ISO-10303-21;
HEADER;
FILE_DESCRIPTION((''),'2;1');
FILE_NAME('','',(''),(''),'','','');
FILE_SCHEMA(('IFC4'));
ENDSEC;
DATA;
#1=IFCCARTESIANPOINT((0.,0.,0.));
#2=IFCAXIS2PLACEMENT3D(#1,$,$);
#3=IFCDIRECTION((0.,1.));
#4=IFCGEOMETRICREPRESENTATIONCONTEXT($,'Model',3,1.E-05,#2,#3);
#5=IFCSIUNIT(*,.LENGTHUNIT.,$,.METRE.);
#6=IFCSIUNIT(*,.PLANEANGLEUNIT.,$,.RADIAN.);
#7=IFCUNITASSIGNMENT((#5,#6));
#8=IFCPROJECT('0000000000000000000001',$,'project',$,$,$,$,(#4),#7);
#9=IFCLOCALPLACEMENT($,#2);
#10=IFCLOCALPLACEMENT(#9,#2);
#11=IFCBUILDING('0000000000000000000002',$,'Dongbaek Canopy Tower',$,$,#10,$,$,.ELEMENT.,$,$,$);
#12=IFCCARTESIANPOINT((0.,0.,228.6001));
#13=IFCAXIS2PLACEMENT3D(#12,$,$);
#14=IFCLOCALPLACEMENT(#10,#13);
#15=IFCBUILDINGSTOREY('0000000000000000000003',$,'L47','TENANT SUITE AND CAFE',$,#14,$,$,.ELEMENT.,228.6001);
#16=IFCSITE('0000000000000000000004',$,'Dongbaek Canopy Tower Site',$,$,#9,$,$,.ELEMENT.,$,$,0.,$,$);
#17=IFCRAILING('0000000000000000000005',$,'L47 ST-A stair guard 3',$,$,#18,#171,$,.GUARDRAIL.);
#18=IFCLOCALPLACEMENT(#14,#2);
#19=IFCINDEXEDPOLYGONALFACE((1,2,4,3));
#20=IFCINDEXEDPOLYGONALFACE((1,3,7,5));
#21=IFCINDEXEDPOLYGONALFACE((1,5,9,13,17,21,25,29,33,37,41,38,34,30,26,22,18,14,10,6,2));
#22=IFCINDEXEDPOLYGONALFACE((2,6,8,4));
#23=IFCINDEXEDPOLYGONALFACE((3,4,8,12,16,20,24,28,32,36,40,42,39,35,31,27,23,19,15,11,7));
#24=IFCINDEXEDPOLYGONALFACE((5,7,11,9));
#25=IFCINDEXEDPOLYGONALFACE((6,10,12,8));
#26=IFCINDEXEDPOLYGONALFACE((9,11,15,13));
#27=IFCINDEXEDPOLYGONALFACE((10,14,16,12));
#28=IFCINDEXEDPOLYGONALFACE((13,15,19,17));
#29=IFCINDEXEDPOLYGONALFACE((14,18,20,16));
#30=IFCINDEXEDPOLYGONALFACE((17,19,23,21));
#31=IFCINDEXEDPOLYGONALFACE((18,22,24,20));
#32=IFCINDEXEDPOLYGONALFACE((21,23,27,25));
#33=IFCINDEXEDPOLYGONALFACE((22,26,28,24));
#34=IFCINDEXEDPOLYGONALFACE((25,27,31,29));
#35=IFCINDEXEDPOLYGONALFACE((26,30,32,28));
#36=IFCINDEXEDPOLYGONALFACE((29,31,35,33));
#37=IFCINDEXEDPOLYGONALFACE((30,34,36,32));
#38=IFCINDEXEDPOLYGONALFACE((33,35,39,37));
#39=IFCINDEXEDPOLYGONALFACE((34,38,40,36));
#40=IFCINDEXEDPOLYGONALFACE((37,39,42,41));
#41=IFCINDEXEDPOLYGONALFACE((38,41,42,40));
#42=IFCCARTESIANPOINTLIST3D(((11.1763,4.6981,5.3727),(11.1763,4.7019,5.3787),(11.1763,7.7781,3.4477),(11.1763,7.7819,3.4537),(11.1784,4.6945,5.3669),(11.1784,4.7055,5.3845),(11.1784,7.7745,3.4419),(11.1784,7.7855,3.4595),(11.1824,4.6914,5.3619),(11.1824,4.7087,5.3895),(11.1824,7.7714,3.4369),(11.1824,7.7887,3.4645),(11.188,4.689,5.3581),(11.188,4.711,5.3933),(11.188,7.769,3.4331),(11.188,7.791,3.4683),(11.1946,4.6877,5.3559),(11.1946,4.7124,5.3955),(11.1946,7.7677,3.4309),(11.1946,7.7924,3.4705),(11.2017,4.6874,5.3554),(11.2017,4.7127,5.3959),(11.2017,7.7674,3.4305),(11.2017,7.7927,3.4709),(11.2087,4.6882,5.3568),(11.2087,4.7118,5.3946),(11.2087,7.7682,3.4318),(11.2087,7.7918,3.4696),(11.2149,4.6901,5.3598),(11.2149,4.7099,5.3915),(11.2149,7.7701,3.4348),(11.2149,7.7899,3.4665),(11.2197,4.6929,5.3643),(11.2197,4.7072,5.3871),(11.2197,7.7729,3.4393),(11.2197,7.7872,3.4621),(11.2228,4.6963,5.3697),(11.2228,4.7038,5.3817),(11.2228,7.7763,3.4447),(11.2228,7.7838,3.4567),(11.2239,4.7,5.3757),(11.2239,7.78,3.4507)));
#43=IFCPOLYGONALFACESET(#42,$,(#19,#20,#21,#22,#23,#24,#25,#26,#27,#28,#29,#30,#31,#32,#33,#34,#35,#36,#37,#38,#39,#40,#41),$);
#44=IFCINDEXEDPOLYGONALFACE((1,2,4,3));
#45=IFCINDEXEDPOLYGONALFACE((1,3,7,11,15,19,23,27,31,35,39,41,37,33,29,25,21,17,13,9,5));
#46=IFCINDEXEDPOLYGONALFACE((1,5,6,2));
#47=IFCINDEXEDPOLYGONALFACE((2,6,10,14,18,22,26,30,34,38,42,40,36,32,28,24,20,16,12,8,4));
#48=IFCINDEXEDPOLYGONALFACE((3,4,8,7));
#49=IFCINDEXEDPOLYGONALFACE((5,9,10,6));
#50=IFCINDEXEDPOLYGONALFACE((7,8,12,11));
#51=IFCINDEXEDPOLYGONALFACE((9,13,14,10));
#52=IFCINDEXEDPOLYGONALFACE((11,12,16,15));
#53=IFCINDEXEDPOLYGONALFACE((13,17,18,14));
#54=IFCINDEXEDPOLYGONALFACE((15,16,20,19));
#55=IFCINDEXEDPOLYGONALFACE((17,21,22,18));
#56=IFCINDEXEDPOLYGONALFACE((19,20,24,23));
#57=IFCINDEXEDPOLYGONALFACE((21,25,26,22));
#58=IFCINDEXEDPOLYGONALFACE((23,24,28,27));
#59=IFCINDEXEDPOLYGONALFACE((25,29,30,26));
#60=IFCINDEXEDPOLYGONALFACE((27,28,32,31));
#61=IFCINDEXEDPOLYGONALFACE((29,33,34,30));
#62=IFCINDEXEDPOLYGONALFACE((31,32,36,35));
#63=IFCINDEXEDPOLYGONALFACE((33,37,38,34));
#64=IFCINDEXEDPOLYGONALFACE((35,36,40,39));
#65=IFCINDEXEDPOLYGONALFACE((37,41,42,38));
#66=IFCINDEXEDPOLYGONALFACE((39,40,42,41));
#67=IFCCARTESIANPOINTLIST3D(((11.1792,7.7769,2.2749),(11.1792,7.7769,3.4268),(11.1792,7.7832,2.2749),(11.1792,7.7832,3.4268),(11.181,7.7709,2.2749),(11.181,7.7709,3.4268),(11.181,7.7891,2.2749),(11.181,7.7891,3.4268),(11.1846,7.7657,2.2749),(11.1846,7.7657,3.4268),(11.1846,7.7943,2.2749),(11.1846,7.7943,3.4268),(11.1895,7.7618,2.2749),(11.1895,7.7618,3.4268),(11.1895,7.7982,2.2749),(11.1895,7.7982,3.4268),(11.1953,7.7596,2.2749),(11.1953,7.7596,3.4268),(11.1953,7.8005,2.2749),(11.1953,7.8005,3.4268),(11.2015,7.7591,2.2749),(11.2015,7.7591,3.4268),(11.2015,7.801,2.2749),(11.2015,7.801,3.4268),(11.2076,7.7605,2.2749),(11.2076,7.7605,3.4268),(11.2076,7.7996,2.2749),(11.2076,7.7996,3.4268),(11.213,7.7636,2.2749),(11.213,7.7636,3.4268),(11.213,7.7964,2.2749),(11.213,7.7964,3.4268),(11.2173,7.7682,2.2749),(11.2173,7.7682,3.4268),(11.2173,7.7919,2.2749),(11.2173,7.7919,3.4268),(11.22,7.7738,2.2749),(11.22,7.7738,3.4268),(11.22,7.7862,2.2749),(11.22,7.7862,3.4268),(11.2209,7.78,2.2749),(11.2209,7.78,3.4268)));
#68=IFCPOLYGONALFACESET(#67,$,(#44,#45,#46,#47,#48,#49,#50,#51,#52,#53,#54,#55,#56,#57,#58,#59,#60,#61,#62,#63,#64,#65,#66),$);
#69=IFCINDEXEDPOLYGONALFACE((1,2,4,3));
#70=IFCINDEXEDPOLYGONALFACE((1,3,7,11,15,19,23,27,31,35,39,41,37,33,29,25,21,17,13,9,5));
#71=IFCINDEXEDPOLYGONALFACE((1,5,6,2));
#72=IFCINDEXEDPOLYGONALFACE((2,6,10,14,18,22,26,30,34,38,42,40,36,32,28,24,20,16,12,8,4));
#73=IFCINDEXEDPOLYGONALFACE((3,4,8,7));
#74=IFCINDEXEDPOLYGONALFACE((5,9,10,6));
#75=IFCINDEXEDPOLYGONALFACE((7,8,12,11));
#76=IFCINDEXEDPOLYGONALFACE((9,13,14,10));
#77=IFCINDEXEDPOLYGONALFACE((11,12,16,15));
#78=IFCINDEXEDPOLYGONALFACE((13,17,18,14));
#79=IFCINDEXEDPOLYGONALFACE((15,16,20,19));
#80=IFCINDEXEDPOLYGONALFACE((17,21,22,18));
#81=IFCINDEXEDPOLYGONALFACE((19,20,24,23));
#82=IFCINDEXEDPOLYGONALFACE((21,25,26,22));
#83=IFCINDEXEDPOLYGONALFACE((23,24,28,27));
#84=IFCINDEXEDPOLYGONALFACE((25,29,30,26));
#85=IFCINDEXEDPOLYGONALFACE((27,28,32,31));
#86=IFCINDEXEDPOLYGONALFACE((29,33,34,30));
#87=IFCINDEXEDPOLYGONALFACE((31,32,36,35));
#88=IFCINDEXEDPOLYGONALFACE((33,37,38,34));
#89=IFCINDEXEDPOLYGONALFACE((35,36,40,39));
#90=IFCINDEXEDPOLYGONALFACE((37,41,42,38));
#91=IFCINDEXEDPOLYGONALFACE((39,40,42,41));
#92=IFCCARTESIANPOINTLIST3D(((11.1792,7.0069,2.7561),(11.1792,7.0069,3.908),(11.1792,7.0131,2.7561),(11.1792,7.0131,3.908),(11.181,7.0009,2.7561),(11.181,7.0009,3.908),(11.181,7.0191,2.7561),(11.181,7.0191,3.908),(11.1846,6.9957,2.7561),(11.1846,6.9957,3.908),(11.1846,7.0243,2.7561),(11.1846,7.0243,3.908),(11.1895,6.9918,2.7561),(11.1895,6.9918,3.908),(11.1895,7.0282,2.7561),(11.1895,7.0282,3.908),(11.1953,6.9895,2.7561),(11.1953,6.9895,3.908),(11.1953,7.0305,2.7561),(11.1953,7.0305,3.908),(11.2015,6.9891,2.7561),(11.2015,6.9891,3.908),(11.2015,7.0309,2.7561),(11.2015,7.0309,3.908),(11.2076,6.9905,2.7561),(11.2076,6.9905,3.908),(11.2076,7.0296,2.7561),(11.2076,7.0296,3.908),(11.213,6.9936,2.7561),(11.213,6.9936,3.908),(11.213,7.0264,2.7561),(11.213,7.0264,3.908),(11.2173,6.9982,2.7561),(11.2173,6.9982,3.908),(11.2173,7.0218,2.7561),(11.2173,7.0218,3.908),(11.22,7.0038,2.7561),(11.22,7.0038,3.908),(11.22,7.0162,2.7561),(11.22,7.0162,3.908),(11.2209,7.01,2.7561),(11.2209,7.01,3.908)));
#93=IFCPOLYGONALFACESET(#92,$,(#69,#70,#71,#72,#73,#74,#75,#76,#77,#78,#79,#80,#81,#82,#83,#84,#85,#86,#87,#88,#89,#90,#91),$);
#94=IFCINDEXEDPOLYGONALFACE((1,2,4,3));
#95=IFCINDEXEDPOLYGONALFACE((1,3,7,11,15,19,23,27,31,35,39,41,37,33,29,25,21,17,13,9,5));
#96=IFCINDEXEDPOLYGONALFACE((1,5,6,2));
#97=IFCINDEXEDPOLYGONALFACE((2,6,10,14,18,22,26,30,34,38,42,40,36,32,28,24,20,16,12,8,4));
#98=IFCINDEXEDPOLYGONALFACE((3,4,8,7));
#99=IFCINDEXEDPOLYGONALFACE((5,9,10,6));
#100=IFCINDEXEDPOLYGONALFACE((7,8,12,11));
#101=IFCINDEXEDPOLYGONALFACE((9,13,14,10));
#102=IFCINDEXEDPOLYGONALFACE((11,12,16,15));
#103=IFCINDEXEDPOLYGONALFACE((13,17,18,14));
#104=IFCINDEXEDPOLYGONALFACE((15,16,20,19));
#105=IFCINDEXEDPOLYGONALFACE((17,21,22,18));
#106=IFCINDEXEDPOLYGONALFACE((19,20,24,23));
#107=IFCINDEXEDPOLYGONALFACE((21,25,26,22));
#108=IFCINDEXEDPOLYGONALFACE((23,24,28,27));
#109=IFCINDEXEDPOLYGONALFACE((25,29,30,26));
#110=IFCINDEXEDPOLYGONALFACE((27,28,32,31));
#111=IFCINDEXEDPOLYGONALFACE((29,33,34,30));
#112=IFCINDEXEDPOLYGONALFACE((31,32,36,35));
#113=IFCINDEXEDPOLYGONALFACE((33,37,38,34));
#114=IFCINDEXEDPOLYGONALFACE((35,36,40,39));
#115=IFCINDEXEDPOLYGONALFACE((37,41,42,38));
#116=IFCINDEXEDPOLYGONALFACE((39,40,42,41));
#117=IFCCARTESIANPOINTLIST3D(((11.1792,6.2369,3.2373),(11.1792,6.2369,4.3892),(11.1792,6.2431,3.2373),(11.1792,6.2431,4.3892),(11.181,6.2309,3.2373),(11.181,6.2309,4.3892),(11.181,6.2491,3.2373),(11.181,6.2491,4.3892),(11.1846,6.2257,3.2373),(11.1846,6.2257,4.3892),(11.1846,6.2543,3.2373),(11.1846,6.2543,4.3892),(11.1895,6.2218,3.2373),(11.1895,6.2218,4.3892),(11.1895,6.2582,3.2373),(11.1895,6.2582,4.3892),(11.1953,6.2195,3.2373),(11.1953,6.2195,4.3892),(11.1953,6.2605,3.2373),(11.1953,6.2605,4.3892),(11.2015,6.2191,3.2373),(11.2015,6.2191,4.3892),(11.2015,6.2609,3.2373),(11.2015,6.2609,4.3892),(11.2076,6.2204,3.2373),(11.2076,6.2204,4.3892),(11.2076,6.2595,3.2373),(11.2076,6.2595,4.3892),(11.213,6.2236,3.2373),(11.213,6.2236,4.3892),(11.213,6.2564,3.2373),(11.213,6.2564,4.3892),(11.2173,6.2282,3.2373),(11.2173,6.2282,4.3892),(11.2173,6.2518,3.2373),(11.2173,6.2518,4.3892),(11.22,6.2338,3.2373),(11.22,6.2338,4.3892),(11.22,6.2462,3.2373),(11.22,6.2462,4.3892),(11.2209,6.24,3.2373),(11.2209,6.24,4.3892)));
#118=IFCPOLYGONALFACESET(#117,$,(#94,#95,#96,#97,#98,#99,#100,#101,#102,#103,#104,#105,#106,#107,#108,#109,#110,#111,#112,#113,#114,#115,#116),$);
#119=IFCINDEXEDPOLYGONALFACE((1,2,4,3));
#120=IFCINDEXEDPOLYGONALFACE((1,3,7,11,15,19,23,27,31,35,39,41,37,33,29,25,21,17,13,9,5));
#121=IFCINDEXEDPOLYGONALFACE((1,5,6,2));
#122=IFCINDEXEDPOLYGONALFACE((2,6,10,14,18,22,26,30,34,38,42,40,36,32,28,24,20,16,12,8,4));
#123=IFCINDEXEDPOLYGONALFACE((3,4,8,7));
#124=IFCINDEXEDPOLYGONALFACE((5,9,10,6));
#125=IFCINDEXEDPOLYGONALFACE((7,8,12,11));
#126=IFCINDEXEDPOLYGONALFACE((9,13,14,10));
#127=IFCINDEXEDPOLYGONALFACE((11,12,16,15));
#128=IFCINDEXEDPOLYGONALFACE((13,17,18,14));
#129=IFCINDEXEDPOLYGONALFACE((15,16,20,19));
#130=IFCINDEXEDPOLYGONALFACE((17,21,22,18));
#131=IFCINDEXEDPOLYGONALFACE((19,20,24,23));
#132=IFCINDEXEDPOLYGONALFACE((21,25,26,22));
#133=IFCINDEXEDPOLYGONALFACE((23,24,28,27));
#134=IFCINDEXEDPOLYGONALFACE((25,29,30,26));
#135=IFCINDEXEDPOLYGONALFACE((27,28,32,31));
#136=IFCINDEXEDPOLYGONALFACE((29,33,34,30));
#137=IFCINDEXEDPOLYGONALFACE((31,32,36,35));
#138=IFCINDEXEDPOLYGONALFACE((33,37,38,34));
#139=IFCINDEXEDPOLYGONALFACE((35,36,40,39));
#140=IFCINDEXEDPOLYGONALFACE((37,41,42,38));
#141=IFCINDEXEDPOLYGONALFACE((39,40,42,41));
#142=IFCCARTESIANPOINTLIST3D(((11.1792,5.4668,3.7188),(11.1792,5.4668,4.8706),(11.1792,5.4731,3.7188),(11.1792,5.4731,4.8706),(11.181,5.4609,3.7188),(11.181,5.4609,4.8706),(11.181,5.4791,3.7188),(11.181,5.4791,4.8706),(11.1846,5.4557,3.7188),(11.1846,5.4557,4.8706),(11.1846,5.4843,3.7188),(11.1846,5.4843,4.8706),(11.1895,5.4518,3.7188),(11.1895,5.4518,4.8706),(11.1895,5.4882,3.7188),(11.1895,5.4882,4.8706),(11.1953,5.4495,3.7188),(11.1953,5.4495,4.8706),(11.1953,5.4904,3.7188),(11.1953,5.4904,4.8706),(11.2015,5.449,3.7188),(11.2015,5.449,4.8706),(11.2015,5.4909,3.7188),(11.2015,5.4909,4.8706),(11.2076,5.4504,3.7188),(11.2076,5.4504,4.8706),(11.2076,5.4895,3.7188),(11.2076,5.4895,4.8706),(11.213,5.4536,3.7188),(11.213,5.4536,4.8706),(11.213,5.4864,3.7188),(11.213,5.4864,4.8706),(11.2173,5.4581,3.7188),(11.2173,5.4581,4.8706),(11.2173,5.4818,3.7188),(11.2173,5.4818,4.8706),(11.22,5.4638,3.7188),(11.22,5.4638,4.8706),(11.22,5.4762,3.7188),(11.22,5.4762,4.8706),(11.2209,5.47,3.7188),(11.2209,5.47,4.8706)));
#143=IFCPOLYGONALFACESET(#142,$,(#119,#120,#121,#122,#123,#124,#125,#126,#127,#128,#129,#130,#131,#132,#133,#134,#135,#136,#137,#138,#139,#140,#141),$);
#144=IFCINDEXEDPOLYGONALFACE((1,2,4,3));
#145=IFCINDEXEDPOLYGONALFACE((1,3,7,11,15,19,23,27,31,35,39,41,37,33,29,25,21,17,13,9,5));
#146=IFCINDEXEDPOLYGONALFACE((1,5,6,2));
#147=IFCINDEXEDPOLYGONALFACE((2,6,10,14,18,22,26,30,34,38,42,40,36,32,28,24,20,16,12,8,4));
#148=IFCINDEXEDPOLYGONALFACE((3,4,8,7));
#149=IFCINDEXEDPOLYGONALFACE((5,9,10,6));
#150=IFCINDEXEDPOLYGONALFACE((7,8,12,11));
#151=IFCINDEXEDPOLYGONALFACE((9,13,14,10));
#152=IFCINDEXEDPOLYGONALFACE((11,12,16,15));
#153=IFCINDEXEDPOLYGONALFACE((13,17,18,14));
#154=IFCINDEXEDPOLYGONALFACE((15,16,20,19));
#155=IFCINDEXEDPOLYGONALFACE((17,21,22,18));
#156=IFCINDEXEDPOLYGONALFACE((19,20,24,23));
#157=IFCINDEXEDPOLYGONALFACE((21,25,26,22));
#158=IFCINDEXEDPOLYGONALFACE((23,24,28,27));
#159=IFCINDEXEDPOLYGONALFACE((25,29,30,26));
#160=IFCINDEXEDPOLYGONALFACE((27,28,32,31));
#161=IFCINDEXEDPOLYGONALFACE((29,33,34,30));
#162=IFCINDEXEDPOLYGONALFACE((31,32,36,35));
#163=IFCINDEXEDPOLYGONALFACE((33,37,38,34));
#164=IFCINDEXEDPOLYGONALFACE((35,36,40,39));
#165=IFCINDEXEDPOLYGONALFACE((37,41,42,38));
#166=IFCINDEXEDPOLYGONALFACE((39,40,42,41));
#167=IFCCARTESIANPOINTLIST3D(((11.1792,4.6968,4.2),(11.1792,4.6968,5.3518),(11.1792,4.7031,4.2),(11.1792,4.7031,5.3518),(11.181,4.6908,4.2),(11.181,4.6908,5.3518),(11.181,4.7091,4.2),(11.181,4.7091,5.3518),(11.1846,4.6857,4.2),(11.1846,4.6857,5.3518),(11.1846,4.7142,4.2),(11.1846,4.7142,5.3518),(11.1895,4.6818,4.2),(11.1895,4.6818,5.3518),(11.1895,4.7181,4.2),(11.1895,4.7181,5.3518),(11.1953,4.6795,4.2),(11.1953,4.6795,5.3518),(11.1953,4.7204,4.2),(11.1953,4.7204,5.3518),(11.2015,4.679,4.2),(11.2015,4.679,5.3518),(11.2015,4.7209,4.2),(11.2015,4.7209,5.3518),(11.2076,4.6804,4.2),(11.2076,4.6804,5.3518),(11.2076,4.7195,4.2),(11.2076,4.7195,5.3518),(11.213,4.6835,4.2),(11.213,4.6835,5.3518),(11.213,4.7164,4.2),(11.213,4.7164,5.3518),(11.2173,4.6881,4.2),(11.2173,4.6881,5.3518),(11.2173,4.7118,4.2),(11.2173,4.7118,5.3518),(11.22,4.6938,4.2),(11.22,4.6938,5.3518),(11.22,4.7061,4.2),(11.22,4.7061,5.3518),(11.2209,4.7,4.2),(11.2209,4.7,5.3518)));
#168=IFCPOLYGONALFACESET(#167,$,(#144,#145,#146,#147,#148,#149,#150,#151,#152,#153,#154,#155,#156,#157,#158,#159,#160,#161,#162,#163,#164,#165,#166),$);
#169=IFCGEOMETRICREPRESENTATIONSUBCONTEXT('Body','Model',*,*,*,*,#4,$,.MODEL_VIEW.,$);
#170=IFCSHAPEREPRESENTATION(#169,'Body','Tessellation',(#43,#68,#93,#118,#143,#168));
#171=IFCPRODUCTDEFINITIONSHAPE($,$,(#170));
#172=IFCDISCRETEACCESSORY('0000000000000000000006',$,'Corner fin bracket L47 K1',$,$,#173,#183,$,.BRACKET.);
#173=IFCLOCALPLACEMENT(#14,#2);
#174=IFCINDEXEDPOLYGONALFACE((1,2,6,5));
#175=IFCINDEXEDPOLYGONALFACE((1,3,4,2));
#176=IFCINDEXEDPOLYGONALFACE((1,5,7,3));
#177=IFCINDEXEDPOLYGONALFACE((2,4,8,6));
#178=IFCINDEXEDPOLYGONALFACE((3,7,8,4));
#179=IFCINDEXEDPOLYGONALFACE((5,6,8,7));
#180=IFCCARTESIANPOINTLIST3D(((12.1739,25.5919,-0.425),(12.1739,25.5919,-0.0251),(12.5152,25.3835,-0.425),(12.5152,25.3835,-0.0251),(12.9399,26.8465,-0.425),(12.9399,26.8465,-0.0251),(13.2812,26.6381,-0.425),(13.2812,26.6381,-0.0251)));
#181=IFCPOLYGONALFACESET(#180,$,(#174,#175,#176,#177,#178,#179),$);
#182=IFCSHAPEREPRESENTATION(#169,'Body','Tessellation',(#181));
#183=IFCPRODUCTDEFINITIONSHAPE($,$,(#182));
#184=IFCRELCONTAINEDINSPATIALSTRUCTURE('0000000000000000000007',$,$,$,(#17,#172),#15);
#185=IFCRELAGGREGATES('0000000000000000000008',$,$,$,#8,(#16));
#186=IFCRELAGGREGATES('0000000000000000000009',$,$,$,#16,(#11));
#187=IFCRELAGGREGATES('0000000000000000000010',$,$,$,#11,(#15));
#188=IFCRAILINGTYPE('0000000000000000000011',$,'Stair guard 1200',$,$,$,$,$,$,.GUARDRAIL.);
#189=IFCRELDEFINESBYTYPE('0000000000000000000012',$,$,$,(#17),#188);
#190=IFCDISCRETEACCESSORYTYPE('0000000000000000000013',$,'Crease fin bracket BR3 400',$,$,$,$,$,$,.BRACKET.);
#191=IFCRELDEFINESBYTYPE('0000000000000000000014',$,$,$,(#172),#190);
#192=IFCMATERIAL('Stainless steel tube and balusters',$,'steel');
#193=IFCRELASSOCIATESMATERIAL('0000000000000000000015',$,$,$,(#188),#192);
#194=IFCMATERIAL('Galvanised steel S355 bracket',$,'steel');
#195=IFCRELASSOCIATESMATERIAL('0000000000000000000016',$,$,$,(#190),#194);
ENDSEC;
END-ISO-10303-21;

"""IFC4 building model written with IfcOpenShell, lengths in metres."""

from ifc_helpers import new_model, si_unit, direction, frame, origin, origin_2d, place, context, subcontext, project, spatial, rectangle, circle, extrude, material, type_object, element, save


model = new_model("IFC4")

# Units and contexts
model_context = context("Model", 3, precision=1e-05, world=origin(), true_north=direction((0.0, 1.0)))
body_context = subcontext(model_context, "Body", "Model", "MODEL_VIEW")
ifc_project = project(units=[si_unit("LENGTHUNIT", "METRE"), si_unit("PLANEANGLEUNIT", "RADIAN")], contexts=[model_context])

# Site, building, storey
site_placement = place(None, origin())
site = spatial("IfcSite", under=ifc_project, at=site_placement, Name="Dongbaek Canopy Tower Site", CompositionType="ELEMENT", RefElevation=0.0)
building_placement = place(site_placement, origin())
building = spatial("IfcBuilding", under=site, at=building_placement, Name="Dongbaek Canopy Tower", CompositionType="ELEMENT")
storey_placement = place(building_placement, frame((0.0, 0.0, 228.6001)))
storey = spatial("IfcBuildingStorey", under=building, at=storey_placement, Name="L47", Description="TENANT SUITE AND CAFE", CompositionType="ELEMENT", Elevation=228.6001)

# Railing
ifc_material_1 = material(Name="Stainless steel tube and balusters", Category="steel")
railing_type = type_object("IfcRailingType", Name="Stair guard 1200", PredefinedType="GUARDRAIL", material=ifc_material_1)
railing_1_placement = place(storey_placement, frame((11.2, 7.78, 2.2749)))
element("IfcRailing", 1, at=railing_1_placement, inside=storey, type_object=railing_type, Name="L47 ST-A stair guard 3", PredefinedType="GUARDRAIL", context=body_context, shape_type="SweptSolid", body=[
    extrude(circle(Radius=0.0239, at=origin_2d()), frame((0.0, 0.0, 1.1758), z_axis=(0.0, -0.847998, 0.529999), x_axis=(1.0, 0.0, 0.0)), (0.0, 0.0, 1.0), 3.6321),
    extrude(circle(Radius=0.021, at=origin_2d()), origin(), (0.0, 0.0, 1.0), 1.1519),
    extrude(circle(Radius=0.021, at=origin_2d()), frame((0.0, -0.77, 0.4812)), (0.0, 0.0, 1.0), 1.1519),
    extrude(circle(Radius=0.021, at=origin_2d()), frame((0.0, -1.54, 0.9624)), (0.0, 0.0, 1.0), 1.1519),
    extrude(circle(Radius=0.021, at=origin_2d()), frame((0.0, -2.3101, 1.4438)), (0.0, 0.0, 1.0), 1.1519),
    extrude(circle(Radius=0.021, at=origin_2d()), frame((0.0, -3.0801, 1.925)), (0.0, 0.0, 1.0), 1.1519),
])

# Discrete accessory
ifc_material_2 = material(Name="Galvanised steel S355 bracket", Category="steel")
discrete_accessory_type = type_object("IfcDiscreteAccessoryType", Name="Crease fin bracket BR3 400", PredefinedType="BRACKET", material=ifc_material_2)
discrete_accessory_placement = place(storey_placement, frame((12.7275, 26.115, -0.425), z_axis=(0.0, 0.0, 1.0), x_axis=(0.521099, 0.853496, 0.0)))
element("IfcDiscreteAccessory", 2, at=discrete_accessory_placement, inside=storey, type_object=discrete_accessory_type, Name="Corner fin bracket L47 K1", PredefinedType="BRACKET", context=body_context, shape_type="SweptSolid", body=[
    extrude(rectangle(XDim=1.47, YDim=0.3999, at=origin_2d()), origin(), (0.0, 0.0, 1.0), 0.3999),
])

save(model, "model.ifc")
